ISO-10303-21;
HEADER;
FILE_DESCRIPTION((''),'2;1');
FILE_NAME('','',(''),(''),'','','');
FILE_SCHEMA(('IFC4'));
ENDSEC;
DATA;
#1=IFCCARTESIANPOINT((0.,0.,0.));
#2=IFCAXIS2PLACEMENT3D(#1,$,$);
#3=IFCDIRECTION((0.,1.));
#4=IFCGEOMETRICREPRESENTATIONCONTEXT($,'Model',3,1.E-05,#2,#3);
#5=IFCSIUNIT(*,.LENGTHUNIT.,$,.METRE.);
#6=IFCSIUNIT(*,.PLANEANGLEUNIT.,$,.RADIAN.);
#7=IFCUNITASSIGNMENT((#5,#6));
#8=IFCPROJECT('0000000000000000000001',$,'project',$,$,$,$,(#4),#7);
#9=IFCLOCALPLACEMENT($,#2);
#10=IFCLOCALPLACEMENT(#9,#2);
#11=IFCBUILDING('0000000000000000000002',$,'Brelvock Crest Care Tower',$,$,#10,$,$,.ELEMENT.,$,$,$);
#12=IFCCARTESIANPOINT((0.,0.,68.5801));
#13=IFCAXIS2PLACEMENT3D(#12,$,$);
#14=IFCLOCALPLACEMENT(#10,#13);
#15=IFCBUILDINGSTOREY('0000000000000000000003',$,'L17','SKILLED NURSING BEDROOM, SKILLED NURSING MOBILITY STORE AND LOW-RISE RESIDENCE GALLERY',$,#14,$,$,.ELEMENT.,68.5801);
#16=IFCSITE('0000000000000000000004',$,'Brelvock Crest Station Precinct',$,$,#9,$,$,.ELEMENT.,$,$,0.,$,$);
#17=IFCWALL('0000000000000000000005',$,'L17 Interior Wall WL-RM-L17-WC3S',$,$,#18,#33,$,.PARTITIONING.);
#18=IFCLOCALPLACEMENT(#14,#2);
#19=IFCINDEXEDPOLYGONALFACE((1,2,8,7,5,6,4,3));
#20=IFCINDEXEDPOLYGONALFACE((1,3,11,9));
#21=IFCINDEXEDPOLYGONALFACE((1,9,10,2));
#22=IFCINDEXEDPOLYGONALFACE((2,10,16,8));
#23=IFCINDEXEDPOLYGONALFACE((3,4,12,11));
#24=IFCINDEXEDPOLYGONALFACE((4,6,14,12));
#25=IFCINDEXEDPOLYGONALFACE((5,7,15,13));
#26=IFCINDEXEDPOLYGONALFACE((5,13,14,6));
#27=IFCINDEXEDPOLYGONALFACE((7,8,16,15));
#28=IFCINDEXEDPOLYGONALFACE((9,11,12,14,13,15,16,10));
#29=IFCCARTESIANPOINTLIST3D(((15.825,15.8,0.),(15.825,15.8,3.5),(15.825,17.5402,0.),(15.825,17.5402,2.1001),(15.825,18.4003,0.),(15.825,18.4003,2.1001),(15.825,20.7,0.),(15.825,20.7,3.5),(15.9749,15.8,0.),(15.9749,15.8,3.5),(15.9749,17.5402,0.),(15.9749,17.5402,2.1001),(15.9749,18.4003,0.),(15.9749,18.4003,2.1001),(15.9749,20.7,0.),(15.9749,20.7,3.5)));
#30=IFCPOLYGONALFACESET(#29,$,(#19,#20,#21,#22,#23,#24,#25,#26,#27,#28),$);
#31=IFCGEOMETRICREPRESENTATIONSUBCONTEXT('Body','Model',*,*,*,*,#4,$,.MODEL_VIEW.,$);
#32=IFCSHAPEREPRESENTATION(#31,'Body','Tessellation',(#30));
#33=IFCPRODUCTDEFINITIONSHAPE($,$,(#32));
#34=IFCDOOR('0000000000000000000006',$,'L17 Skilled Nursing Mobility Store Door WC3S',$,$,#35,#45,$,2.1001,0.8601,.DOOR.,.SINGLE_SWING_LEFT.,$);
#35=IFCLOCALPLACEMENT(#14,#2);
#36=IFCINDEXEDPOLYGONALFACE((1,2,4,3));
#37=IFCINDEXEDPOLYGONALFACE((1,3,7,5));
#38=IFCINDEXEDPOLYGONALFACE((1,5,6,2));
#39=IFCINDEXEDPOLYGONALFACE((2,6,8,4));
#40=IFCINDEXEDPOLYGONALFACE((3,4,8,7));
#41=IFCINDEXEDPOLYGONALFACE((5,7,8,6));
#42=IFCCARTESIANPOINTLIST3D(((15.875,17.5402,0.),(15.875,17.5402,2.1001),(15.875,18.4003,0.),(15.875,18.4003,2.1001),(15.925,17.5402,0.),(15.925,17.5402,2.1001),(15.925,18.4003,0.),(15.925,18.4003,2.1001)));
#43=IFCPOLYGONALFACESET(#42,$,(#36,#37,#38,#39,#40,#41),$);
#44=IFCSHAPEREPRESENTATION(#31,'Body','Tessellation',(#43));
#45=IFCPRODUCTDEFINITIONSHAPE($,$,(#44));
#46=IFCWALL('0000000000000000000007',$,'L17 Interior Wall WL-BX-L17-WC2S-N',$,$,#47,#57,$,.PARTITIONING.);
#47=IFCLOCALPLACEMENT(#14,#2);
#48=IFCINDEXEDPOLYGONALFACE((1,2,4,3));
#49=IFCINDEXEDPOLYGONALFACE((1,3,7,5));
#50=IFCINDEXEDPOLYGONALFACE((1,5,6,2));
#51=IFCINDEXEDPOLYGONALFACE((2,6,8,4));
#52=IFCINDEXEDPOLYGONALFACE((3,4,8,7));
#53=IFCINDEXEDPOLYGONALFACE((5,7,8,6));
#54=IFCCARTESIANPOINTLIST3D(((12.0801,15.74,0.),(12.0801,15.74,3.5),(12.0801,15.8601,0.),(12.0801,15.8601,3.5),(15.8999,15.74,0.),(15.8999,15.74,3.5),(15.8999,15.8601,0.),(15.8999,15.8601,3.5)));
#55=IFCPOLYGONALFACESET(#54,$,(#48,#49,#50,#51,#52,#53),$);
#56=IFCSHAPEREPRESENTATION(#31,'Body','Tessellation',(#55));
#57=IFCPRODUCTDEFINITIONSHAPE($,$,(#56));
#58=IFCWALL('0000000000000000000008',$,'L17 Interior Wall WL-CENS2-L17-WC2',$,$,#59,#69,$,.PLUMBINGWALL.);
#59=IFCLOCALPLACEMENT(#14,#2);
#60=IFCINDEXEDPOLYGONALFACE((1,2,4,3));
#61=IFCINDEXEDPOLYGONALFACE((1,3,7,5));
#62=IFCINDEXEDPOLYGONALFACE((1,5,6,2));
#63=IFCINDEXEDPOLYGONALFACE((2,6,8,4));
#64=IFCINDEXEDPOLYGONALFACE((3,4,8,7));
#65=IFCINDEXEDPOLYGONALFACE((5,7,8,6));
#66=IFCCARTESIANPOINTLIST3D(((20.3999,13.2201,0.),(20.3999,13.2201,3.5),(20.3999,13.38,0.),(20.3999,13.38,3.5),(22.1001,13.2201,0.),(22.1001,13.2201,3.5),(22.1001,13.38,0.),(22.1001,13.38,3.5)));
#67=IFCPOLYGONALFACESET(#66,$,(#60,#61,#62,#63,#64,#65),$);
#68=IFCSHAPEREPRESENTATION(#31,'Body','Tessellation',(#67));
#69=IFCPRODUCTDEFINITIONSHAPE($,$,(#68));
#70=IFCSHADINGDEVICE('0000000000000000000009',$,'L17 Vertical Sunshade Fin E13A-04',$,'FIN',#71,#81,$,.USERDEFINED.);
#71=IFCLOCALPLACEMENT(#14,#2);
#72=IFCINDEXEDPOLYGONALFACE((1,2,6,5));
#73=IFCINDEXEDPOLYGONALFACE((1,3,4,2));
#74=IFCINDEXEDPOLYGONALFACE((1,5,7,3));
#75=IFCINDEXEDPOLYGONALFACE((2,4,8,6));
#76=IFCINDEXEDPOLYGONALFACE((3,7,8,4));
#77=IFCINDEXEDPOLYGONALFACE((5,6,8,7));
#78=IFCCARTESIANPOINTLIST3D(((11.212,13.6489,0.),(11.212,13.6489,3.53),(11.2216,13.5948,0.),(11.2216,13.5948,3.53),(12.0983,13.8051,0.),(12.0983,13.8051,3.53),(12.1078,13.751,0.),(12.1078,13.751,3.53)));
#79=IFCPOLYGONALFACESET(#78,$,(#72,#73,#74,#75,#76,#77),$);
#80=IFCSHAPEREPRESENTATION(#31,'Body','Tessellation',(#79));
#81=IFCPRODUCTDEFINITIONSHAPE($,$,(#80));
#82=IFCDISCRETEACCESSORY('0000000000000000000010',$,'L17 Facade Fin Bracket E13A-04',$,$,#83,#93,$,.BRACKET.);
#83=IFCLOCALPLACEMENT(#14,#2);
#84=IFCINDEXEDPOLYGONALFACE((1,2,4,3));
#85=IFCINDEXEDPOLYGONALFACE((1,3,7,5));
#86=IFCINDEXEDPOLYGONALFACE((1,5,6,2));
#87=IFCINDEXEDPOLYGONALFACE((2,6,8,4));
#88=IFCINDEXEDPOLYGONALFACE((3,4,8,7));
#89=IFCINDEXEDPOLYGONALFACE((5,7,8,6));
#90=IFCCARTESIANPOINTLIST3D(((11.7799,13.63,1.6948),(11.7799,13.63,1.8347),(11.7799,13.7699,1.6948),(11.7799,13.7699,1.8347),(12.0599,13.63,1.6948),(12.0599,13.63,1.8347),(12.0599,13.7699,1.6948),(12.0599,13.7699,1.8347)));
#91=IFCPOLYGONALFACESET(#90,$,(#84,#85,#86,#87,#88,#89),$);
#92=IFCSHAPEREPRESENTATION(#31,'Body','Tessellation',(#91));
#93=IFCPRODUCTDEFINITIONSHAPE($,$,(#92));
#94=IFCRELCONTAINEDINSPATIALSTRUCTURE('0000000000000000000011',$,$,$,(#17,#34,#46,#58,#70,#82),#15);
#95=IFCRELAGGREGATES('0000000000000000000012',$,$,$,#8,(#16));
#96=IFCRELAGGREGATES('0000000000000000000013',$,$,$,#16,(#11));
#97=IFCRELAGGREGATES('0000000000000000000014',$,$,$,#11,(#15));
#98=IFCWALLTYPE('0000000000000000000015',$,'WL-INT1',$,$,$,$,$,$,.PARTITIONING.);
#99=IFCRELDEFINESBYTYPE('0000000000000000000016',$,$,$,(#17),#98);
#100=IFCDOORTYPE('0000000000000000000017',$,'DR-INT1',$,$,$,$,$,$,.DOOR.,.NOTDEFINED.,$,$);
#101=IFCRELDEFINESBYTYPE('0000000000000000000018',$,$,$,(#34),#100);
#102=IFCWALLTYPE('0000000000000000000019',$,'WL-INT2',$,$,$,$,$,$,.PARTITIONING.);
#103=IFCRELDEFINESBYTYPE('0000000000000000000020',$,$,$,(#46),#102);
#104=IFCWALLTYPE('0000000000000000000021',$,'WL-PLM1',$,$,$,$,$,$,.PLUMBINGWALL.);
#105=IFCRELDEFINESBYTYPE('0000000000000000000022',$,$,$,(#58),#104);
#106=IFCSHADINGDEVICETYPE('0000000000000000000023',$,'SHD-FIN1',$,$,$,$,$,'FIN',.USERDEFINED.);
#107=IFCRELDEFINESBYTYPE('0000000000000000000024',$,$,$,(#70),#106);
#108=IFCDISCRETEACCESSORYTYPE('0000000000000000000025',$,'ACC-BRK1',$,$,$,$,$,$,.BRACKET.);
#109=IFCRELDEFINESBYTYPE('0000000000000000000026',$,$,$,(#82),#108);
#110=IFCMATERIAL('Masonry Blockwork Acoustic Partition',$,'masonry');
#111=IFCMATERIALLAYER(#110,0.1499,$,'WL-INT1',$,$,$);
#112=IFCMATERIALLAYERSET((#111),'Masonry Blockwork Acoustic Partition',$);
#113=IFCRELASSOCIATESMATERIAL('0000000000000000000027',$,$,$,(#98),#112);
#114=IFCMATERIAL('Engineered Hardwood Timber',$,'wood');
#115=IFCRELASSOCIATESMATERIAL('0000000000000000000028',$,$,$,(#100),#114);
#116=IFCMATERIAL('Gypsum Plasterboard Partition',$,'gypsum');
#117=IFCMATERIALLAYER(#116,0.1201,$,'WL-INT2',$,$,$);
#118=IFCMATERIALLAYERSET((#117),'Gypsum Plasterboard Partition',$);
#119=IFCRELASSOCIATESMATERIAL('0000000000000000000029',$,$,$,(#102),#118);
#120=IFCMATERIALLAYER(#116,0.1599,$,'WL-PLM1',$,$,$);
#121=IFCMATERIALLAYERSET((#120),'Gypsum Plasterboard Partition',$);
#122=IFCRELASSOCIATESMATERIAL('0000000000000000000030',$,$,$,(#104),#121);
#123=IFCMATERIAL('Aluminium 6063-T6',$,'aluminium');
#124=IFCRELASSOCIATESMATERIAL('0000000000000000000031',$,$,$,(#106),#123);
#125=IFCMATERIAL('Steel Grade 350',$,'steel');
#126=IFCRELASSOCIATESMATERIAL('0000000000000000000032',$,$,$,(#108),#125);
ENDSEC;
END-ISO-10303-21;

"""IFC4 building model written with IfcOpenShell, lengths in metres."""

from ifc_helpers import new_model, si_unit, direction, frame, frame_2d, origin, origin_2d, place, context, subcontext, project, spatial, rectangle, extrude, source, transform, mapped, material, layer, layer_set, material_profile, profile_set, type_object, element, fill, save


model = new_model("IFC4")

# Units and contexts
model_context = context("Model", 3, precision=1e-05, world=origin(), true_north=direction((0.0, 1.0)))
body_context = subcontext(model_context, "Body", "Model", "MODEL_VIEW")
ifc_project = project(units=[si_unit("LENGTHUNIT", "METRE"), si_unit("PLANEANGLEUNIT", "RADIAN")], contexts=[model_context])

# Site, building, storey
site_placement = place(None, origin())
site = spatial("IfcSite", under=ifc_project, at=site_placement, Name="Brelvock Crest Station Precinct", CompositionType="ELEMENT", RefElevation=0.0)
building_placement = place(site_placement, origin())
building = spatial("IfcBuilding", under=site, at=building_placement, Name="Brelvock Crest Care Tower", CompositionType="ELEMENT")
storey_placement = place(building_placement, frame((0.0, 0.0, 68.5801)))
storey = spatial("IfcBuildingStorey", under=building, at=storey_placement, Name="L17", Description="SKILLED NURSING BEDROOM, SKILLED NURSING MOBILITY STORE AND LOW-RISE RESIDENCE GALLERY", CompositionType="ELEMENT", Elevation=68.5801)

# Shared definitions
ifc_material_1 = material(Name="Aluminium 6063-T6", Category="aluminium")

# Shared definitions
ifc_material_2 = material(Name="Masonry Blockwork Acoustic Partition", Category="masonry")
ifc_layer_1 = layer(ifc_material_2, 0.1499, Name="WL-INT1")
ifc_layer_set_1 = layer_set([ifc_layer_1], Name="Masonry Blockwork Acoustic Partition")
wall_type_1 = type_object("IfcWallType", Name="WL-INT1", PredefinedType="PARTITIONING", material=ifc_layer_set_1)

# Wall, opening, door
wall_1_placement = place(storey_placement, frame((15.8999, 15.8, 0.0), z_axis=(0.0, 0.0, 1.0), x_axis=(0.0, 1.0, 0.0)))
wall_1 = element("IfcWall", 1, at=wall_1_placement, inside=storey, type_object=wall_type_1, Name="L17 Interior Wall WL-RM-L17-WC3S", PredefinedType="PARTITIONING", context=body_context, shape_type="SweptSolid", body=[
    extrude(rectangle(XDim=4.8999, YDim=0.1499, at=frame_2d((2.45, 0.0))), origin(), (0.0, 0.0, 1.0), 3.5),
])
opening_placement = place(wall_1_placement, frame((1.74, 0.0, 0.0)))
opening = element("IfcOpeningElement", 2, at=opening_placement, cuts=wall_1, PredefinedType="OPENING", context=body_context, shape_type="SweptSolid", body=[
    extrude(rectangle(XDim=0.8601, YDim=2.1001, at=origin_2d()), frame((0.4302, 0.085, 1.05), z_axis=(0.0, -1.0, 0.0), x_axis=(1.0, 0.0, 0.0)), (0.0, 0.0, 1.0), 0.1699),
])
ifc_material_3 = material(Name="Engineered Hardwood Timber", Category="wood")
door_type = type_object("IfcDoorType", Name="DR-INT1", OperationType="NOTDEFINED", PredefinedType="DOOR", material=ifc_material_3)
shared_shape_1 = source(origin(), body_context, "Body", "SweptSolid", [
    extrude(rectangle(XDim=0.8601, YDim=2.1001, at=origin_2d()), frame((0.4302, 0.0249, 1.05), z_axis=(0.0, -1.0, 0.0), x_axis=(1.0, 0.0, 0.0)), (0.0, 0.0, 1.0), 0.05),
])
door_placement = place(opening_placement, origin())
door = element("IfcDoor", 3, at=door_placement, inside=storey, type_object=door_type, Name="L17 Skilled Nursing Mobility Store Door WC3S", OperationType="SINGLE_SWING_LEFT", OverallHeight=2.1001, OverallWidth=0.8601, PredefinedType="DOOR", context=body_context, shape_type="MappedRepresentation", body=[
    mapped(shared_shape_1, transform((0.0, 0.0, 0.0), x_axis=(1.0, 0.0, 0.0), y_axis=(0.0, 1.0, 0.0), z_axis=(0.0, 0.0, 1.0), scale=1.0)),
])
fill(opening, door)

# Walls
ifc_material_4 = material(Name="Gypsum Plasterboard Partition", Category="gypsum")
ifc_layer_2 = layer(ifc_material_4, 0.1201, Name="WL-INT2")
ifc_layer_set_2 = layer_set([ifc_layer_2], Name="Gypsum Plasterboard Partition")
wall_type_2 = type_object("IfcWallType", Name="WL-INT2", PredefinedType="PARTITIONING", material=ifc_layer_set_2)
wall_2_placement = place(storey_placement, frame((12.0801, 15.8, 0.0), z_axis=(0.0, 0.0, 1.0), x_axis=(1.0, 0.0, 0.0)))
element("IfcWall", 4, at=wall_2_placement, inside=storey, type_object=wall_type_2, Name="L17 Interior Wall WL-BX-L17-WC2S-N", PredefinedType="PARTITIONING", context=body_context, shape_type="SweptSolid", body=[
    extrude(rectangle(XDim=3.8198, YDim=0.1201, at=frame_2d((1.9099, 0.0))), origin(), (0.0, 0.0, 1.0), 3.5),
])
ifc_layer_3 = layer(ifc_material_4, 0.1599, Name="WL-PLM1")
ifc_layer_set_3 = layer_set([ifc_layer_3], Name="Gypsum Plasterboard Partition")
wall_type_3 = type_object("IfcWallType", Name="WL-PLM1", PredefinedType="PLUMBINGWALL", material=ifc_layer_set_3)
wall_3_placement = place(storey_placement, frame((20.3999, 13.3, 0.0), z_axis=(0.0, 0.0, 1.0), x_axis=(1.0, 0.0, 0.0)))
element("IfcWall", 5, at=wall_3_placement, inside=storey, type_object=wall_type_3, Name="L17 Interior Wall WL-CENS2-L17-WC2", PredefinedType="PLUMBINGWALL", context=body_context, shape_type="SweptSolid", body=[
    extrude(rectangle(XDim=1.7002, YDim=0.1599, at=frame_2d((0.8501, 0.0))), origin(), (0.0, 0.0, 1.0), 3.5),
])

# Shading device
ifc_material_profile_1 = material_profile(ifc_material_1, rectangle(XDim=0.0549, YDim=0.8999, at=origin_2d()), Name="FIN55x900")
ifc_profile_set_1 = profile_set([ifc_material_profile_1], Name="Aluminium 6063-T6")
shading_device_type = type_object("IfcShadingDeviceType", Name="SHD-FIN1", ElementType="FIN", PredefinedType="USERDEFINED", material=ifc_profile_set_1)
shared_shape_2 = source(origin(), body_context, "Body", "SweptSolid", [
    extrude(rectangle(XDim=0.0549, YDim=0.8999, at=origin_2d()), origin(), (0.0, 0.0, 1.0), 3.53),
])
shading_device_placement = place(storey_placement, frame((11.6599, 13.7, 0.0), z_axis=(0.0, 0.0, 1.0), x_axis=(-0.173648, 0.984808, 0.0)))
element("IfcShadingDevice", 6, at=shading_device_placement, inside=storey, type_object=shading_device_type, Name="L17 Vertical Sunshade Fin E13A-04", ObjectType="FIN", PredefinedType="USERDEFINED", context=body_context, shape_type="MappedRepresentation", body=[
    mapped(shared_shape_2, transform((0.0, 0.0, 0.0), x_axis=(1.0, 0.0, 0.0), y_axis=(0.0, 1.0, 0.0), z_axis=(0.0, 0.0, 1.0), scale=1.0)),
])

# Discrete accessory
ifc_material_5 = material(Name="Steel Grade 350", Category="steel")
discrete_accessory_type = type_object("IfcDiscreteAccessoryType", Name="ACC-BRK1", PredefinedType="BRACKET", material=ifc_material_5)
shared_shape_3 = source(origin(), body_context, "Body", "SweptSolid", [
    extrude(rectangle(XDim=0.28, YDim=0.1399, at=origin_2d()), origin(), (0.0, 0.0, 1.0), 0.1399),
])
discrete_accessory_placement = place(storey_placement, frame((11.9199, 13.7, 1.6948), z_axis=(0.0, 0.0, 1.0), x_axis=(-1.0, 0.0, 0.0)))
element("IfcDiscreteAccessory", 7, at=discrete_accessory_placement, inside=storey, type_object=discrete_accessory_type, Name="L17 Facade Fin Bracket E13A-04", PredefinedType="BRACKET", context=body_context, shape_type="MappedRepresentation", body=[
    mapped(shared_shape_3, transform((0.0, 0.0, 0.0), x_axis=(1.0, 0.0, 0.0), y_axis=(0.0, 1.0, 0.0), z_axis=(0.0, 0.0, 1.0), scale=1.0)),
])

save(model, "model.ifc")
